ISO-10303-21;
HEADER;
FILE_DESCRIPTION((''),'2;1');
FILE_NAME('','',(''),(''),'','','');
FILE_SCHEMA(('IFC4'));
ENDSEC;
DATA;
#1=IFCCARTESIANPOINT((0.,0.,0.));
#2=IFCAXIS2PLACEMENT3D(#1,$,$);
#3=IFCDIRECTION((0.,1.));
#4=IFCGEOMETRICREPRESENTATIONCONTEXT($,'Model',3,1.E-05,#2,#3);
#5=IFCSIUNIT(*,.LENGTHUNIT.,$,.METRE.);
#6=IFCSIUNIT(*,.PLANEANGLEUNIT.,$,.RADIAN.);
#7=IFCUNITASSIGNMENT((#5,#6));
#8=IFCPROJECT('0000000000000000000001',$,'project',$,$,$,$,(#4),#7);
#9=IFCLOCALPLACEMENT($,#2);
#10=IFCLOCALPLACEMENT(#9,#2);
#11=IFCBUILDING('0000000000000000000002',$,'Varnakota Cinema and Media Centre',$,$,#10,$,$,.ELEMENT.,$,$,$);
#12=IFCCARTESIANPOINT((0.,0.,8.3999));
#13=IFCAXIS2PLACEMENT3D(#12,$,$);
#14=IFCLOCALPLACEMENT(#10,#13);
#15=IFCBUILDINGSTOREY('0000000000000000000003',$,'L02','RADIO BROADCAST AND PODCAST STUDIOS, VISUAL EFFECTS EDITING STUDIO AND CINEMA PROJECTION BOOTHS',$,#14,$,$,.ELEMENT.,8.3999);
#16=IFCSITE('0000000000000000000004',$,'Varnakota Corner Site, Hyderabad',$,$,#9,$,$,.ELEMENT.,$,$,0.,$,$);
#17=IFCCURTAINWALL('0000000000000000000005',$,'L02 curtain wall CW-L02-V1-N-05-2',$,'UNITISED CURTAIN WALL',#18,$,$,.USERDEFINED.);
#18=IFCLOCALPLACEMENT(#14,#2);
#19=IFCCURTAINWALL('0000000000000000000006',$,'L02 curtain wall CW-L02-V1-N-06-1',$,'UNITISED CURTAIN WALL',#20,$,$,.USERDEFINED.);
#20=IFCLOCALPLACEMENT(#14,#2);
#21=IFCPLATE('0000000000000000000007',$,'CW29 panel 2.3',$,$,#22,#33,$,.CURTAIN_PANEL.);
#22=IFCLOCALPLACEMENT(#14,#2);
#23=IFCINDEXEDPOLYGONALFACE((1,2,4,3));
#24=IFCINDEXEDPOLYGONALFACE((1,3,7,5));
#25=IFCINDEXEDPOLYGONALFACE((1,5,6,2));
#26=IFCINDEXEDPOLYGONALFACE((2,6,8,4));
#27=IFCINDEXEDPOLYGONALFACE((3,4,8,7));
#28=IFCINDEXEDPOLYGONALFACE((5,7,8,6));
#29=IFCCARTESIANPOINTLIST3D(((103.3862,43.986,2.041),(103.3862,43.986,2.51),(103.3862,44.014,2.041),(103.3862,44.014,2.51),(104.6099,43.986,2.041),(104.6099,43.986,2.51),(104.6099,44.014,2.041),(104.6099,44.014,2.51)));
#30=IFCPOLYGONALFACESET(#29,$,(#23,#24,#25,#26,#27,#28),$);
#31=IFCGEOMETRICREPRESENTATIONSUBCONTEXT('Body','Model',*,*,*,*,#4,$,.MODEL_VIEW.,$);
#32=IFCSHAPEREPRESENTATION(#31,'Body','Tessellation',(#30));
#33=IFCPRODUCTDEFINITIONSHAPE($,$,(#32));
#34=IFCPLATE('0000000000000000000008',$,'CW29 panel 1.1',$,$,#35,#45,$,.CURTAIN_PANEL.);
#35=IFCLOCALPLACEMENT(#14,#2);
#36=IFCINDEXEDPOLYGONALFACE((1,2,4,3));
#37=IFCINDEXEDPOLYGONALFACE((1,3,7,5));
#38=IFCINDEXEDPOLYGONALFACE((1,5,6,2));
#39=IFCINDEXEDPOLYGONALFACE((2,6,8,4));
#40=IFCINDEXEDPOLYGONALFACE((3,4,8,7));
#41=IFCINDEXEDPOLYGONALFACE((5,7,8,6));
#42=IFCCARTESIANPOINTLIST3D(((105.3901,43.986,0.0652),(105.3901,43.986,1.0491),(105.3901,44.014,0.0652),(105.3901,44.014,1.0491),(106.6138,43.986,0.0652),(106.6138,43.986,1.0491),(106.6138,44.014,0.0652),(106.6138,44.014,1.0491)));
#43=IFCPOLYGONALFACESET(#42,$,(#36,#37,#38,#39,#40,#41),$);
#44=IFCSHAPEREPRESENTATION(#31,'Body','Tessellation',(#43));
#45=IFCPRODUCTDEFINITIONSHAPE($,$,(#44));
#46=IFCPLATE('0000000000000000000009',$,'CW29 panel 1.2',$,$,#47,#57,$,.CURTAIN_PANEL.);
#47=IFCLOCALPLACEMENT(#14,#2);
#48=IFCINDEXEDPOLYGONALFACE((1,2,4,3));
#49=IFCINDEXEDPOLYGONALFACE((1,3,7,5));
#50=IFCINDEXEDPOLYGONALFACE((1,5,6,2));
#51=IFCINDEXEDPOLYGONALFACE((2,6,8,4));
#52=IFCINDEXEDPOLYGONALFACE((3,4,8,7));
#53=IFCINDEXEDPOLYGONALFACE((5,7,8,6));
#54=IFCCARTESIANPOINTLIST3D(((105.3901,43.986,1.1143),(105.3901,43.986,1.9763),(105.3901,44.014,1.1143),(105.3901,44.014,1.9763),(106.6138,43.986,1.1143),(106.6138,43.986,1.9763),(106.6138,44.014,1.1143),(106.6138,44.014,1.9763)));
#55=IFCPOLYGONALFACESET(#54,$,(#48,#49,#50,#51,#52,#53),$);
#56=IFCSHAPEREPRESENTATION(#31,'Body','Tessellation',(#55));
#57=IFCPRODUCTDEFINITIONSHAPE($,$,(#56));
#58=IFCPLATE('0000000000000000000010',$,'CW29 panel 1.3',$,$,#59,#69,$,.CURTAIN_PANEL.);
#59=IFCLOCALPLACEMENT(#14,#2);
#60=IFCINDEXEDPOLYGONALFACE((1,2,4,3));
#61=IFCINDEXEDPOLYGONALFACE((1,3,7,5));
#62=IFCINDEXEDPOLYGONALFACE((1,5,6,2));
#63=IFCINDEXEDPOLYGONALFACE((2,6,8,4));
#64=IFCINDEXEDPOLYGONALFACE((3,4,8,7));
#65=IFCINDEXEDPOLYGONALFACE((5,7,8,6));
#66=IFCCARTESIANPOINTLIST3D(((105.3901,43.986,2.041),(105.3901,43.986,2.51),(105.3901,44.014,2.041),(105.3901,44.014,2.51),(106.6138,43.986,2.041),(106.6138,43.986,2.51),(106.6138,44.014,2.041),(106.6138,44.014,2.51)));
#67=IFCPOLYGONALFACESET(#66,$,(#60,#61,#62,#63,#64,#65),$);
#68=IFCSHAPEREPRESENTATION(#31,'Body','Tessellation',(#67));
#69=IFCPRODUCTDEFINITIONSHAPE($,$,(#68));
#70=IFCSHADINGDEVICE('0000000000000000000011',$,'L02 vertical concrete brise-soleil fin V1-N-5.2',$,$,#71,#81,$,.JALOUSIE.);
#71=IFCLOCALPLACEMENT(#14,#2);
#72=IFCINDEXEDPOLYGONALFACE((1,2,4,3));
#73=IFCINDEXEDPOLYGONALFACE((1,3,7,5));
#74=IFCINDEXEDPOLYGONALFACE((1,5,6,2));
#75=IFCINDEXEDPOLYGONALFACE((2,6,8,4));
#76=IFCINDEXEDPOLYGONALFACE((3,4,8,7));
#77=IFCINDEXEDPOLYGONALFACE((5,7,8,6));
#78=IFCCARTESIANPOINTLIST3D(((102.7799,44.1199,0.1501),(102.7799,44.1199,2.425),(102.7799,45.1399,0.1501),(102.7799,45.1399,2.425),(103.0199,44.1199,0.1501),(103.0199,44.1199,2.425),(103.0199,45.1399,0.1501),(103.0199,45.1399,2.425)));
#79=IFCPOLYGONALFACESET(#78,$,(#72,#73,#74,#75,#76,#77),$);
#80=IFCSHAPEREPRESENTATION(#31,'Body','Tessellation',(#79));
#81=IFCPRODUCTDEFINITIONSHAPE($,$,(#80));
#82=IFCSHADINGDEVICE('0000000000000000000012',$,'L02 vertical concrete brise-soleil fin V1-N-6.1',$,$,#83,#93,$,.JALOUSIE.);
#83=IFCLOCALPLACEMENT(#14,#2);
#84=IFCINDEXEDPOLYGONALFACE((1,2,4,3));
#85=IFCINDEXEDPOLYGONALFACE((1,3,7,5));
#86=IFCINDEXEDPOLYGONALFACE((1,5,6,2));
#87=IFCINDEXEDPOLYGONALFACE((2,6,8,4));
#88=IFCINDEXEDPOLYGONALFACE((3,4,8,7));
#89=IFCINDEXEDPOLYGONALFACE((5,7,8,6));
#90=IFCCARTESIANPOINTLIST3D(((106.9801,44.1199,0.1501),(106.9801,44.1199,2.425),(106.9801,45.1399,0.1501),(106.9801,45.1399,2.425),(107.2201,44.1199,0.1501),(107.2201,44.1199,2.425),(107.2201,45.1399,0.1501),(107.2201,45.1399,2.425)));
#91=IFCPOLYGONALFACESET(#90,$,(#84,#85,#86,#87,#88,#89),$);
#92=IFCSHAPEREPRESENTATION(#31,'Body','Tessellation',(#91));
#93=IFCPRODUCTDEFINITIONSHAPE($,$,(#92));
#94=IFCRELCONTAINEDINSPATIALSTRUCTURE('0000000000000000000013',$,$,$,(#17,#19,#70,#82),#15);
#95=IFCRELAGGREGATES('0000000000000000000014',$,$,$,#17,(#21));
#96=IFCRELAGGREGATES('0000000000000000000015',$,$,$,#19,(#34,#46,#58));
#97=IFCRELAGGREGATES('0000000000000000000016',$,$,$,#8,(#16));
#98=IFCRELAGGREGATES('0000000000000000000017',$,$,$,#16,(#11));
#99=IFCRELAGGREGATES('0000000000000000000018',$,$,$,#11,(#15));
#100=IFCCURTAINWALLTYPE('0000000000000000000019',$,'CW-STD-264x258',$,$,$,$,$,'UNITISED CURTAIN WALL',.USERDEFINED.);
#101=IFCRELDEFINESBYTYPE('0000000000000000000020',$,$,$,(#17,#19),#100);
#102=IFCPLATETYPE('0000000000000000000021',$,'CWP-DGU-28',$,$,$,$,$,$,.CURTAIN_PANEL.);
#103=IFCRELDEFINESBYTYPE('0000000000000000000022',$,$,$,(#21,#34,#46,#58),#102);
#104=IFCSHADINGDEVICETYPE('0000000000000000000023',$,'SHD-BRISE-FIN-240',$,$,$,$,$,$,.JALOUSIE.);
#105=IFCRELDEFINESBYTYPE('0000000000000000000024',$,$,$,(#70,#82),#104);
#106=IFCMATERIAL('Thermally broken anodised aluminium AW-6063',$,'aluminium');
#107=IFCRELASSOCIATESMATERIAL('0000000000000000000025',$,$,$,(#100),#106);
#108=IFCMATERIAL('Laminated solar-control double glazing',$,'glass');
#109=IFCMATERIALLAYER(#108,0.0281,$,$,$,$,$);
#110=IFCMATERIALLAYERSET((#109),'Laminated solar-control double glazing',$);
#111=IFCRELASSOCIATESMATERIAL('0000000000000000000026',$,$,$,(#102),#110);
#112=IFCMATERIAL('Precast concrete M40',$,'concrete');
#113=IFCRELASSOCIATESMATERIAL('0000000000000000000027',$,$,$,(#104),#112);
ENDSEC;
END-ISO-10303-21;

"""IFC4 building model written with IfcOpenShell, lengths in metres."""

from ifc_helpers import new_model, si_unit, direction, frame, origin, origin_2d, place, context, subcontext, project, spatial, rectangle, extrude, material, layer, layer_set, type_object, element, aggregate, save


model = new_model("IFC4")

# Units and contexts
model_context = context("Model", 3, precision=1e-05, world=origin(), true_north=direction((0.0, 1.0)))
body_context = subcontext(model_context, "Body", "Model", "MODEL_VIEW")
ifc_project = project(units=[si_unit("LENGTHUNIT", "METRE"), si_unit("PLANEANGLEUNIT", "RADIAN")], contexts=[model_context])

# Site, building, storey
site_placement = place(None, origin())
site = spatial("IfcSite", under=ifc_project, at=site_placement, Name="Varnakota Corner Site, Hyderabad", CompositionType="ELEMENT", RefElevation=0.0)
building_placement = place(site_placement, origin())
building = spatial("IfcBuilding", under=site, at=building_placement, Name="Varnakota Cinema and Media Centre", CompositionType="ELEMENT")
storey_placement = place(building_placement, frame((0.0, 0.0, 8.3999)))
storey = spatial("IfcBuildingStorey", under=building, at=storey_placement, Name="L02", Description="RADIO BROADCAST AND PODCAST STUDIOS, VISUAL EFFECTS EDITING STUDIO AND CINEMA PROJECTION BOOTHS", CompositionType="ELEMENT", Elevation=8.3999)

# Curtain walls
ifc_material_1 = material(Name="Thermally broken anodised aluminium AW-6063", Category="aluminium")
curtain_wall_type = type_object("IfcCurtainWallType", Name="CW-STD-264x258", ElementType="UNITISED CURTAIN WALL", PredefinedType="USERDEFINED", material=ifc_material_1)
curtain_wall_1_placement = place(storey_placement, origin())
curtain_wall_1 = element("IfcCurtainWall", 1, at=curtain_wall_1_placement, inside=storey, type_object=curtain_wall_type, Name="L02 curtain wall CW-L02-V1-N-05-2", ObjectType="UNITISED CURTAIN WALL", PredefinedType="USERDEFINED")
curtain_wall_2_placement = place(storey_placement, origin())
curtain_wall_2 = element("IfcCurtainWall", 2, at=curtain_wall_2_placement, inside=storey, type_object=curtain_wall_type, Name="L02 curtain wall CW-L02-V1-N-06-1", ObjectType="UNITISED CURTAIN WALL", PredefinedType="USERDEFINED")

# Plates
ifc_material_2 = material(Name="Laminated solar-control double glazing", Category="glass")
ifc_layer = layer(ifc_material_2, 0.0281)
ifc_layer_set = layer_set([ifc_layer], Name="Laminated solar-control double glazing")
plate_type = type_object("IfcPlateType", Name="CWP-DGU-28", PredefinedType="CURTAIN_PANEL", material=ifc_layer_set)
plate_1_placement = place(storey_placement, frame((103.998, 44.0, 2.041), z_axis=(0.0, 0.0, 1.0), x_axis=(1.0, 0.0, 0.0)))
plate_1 = element("IfcPlate", 3, at=plate_1_placement, type_object=plate_type, Name="CW29 panel 2.3", PredefinedType="CURTAIN_PANEL", context=body_context, shape_type="SweptSolid", body=[
    extrude(rectangle(XDim=1.2236, YDim=0.0281, at=origin_2d()), origin(), (0.0, 0.0, 1.0), 0.469),
])
aggregate(curtain_wall_1, [plate_1])
plate_2_placement = place(storey_placement, frame((106.002, 44.0, 0.0652), z_axis=(0.0, 0.0, 1.0), x_axis=(1.0, 0.0, 0.0)))
plate_2 = element("IfcPlate", 4, at=plate_2_placement, type_object=plate_type, Name="CW29 panel 1.1", PredefinedType="CURTAIN_PANEL", context=body_context, shape_type="SweptSolid", body=[
    extrude(rectangle(XDim=1.2236, YDim=0.0281, at=origin_2d()), origin(), (0.0, 0.0, 1.0), 0.9839),
])
plate_3_placement = place(storey_placement, frame((106.002, 44.0, 1.1143), z_axis=(0.0, 0.0, 1.0), x_axis=(1.0, 0.0, 0.0)))
plate_3 = element("IfcPlate", 5, at=plate_3_placement, type_object=plate_type, Name="CW29 panel 1.2", PredefinedType="CURTAIN_PANEL", context=body_context, shape_type="SweptSolid", body=[
    extrude(rectangle(XDim=1.2236, YDim=0.0281, at=origin_2d()), origin(), (0.0, 0.0, 1.0), 0.8621),
])
plate_4_placement = place(storey_placement, frame((106.002, 44.0, 2.041), z_axis=(0.0, 0.0, 1.0), x_axis=(1.0, 0.0, 0.0)))
plate_4 = element("IfcPlate", 6, at=plate_4_placement, type_object=plate_type, Name="CW29 panel 1.3", PredefinedType="CURTAIN_PANEL", context=body_context, shape_type="SweptSolid", body=[
    extrude(rectangle(XDim=1.2236, YDim=0.0281, at=origin_2d()), origin(), (0.0, 0.0, 1.0), 0.469),
])
aggregate(curtain_wall_2, [plate_2, plate_3, plate_4])

# Shading devices
ifc_material_3 = material(Name="Precast concrete M40", Category="concrete")
shading_device_type = type_object("IfcShadingDeviceType", Name="SHD-BRISE-FIN-240", PredefinedType="JALOUSIE", material=ifc_material_3)
for number, where, z_axis, x_axis, name in (
    (7, (102.8999, 44.6299, 0.1501), (0.0, 0.0, 1.0), (1.0, 0.0, 0.0), "L02 vertical concrete brise-soleil fin V1-N-5.2"),
    (8, (107.1001, 44.6299, 0.1501), (0.0, 0.0, 1.0), (1.0, 0.0, 0.0), "L02 vertical concrete brise-soleil fin V1-N-6.1"),
):
    element("IfcShadingDevice", number, at=place(storey_placement, frame(where, z_axis=z_axis, x_axis=x_axis)), inside=storey, type_object=shading_device_type, Name=name, PredefinedType="JALOUSIE", context=body_context, shape_type="SweptSolid", body=[
        extrude(rectangle(XDim=0.24, YDim=1.02, at=origin_2d()), origin(), (0.0, 0.0, 1.0), 2.2749),
    ])

save(model, "model.ifc")
